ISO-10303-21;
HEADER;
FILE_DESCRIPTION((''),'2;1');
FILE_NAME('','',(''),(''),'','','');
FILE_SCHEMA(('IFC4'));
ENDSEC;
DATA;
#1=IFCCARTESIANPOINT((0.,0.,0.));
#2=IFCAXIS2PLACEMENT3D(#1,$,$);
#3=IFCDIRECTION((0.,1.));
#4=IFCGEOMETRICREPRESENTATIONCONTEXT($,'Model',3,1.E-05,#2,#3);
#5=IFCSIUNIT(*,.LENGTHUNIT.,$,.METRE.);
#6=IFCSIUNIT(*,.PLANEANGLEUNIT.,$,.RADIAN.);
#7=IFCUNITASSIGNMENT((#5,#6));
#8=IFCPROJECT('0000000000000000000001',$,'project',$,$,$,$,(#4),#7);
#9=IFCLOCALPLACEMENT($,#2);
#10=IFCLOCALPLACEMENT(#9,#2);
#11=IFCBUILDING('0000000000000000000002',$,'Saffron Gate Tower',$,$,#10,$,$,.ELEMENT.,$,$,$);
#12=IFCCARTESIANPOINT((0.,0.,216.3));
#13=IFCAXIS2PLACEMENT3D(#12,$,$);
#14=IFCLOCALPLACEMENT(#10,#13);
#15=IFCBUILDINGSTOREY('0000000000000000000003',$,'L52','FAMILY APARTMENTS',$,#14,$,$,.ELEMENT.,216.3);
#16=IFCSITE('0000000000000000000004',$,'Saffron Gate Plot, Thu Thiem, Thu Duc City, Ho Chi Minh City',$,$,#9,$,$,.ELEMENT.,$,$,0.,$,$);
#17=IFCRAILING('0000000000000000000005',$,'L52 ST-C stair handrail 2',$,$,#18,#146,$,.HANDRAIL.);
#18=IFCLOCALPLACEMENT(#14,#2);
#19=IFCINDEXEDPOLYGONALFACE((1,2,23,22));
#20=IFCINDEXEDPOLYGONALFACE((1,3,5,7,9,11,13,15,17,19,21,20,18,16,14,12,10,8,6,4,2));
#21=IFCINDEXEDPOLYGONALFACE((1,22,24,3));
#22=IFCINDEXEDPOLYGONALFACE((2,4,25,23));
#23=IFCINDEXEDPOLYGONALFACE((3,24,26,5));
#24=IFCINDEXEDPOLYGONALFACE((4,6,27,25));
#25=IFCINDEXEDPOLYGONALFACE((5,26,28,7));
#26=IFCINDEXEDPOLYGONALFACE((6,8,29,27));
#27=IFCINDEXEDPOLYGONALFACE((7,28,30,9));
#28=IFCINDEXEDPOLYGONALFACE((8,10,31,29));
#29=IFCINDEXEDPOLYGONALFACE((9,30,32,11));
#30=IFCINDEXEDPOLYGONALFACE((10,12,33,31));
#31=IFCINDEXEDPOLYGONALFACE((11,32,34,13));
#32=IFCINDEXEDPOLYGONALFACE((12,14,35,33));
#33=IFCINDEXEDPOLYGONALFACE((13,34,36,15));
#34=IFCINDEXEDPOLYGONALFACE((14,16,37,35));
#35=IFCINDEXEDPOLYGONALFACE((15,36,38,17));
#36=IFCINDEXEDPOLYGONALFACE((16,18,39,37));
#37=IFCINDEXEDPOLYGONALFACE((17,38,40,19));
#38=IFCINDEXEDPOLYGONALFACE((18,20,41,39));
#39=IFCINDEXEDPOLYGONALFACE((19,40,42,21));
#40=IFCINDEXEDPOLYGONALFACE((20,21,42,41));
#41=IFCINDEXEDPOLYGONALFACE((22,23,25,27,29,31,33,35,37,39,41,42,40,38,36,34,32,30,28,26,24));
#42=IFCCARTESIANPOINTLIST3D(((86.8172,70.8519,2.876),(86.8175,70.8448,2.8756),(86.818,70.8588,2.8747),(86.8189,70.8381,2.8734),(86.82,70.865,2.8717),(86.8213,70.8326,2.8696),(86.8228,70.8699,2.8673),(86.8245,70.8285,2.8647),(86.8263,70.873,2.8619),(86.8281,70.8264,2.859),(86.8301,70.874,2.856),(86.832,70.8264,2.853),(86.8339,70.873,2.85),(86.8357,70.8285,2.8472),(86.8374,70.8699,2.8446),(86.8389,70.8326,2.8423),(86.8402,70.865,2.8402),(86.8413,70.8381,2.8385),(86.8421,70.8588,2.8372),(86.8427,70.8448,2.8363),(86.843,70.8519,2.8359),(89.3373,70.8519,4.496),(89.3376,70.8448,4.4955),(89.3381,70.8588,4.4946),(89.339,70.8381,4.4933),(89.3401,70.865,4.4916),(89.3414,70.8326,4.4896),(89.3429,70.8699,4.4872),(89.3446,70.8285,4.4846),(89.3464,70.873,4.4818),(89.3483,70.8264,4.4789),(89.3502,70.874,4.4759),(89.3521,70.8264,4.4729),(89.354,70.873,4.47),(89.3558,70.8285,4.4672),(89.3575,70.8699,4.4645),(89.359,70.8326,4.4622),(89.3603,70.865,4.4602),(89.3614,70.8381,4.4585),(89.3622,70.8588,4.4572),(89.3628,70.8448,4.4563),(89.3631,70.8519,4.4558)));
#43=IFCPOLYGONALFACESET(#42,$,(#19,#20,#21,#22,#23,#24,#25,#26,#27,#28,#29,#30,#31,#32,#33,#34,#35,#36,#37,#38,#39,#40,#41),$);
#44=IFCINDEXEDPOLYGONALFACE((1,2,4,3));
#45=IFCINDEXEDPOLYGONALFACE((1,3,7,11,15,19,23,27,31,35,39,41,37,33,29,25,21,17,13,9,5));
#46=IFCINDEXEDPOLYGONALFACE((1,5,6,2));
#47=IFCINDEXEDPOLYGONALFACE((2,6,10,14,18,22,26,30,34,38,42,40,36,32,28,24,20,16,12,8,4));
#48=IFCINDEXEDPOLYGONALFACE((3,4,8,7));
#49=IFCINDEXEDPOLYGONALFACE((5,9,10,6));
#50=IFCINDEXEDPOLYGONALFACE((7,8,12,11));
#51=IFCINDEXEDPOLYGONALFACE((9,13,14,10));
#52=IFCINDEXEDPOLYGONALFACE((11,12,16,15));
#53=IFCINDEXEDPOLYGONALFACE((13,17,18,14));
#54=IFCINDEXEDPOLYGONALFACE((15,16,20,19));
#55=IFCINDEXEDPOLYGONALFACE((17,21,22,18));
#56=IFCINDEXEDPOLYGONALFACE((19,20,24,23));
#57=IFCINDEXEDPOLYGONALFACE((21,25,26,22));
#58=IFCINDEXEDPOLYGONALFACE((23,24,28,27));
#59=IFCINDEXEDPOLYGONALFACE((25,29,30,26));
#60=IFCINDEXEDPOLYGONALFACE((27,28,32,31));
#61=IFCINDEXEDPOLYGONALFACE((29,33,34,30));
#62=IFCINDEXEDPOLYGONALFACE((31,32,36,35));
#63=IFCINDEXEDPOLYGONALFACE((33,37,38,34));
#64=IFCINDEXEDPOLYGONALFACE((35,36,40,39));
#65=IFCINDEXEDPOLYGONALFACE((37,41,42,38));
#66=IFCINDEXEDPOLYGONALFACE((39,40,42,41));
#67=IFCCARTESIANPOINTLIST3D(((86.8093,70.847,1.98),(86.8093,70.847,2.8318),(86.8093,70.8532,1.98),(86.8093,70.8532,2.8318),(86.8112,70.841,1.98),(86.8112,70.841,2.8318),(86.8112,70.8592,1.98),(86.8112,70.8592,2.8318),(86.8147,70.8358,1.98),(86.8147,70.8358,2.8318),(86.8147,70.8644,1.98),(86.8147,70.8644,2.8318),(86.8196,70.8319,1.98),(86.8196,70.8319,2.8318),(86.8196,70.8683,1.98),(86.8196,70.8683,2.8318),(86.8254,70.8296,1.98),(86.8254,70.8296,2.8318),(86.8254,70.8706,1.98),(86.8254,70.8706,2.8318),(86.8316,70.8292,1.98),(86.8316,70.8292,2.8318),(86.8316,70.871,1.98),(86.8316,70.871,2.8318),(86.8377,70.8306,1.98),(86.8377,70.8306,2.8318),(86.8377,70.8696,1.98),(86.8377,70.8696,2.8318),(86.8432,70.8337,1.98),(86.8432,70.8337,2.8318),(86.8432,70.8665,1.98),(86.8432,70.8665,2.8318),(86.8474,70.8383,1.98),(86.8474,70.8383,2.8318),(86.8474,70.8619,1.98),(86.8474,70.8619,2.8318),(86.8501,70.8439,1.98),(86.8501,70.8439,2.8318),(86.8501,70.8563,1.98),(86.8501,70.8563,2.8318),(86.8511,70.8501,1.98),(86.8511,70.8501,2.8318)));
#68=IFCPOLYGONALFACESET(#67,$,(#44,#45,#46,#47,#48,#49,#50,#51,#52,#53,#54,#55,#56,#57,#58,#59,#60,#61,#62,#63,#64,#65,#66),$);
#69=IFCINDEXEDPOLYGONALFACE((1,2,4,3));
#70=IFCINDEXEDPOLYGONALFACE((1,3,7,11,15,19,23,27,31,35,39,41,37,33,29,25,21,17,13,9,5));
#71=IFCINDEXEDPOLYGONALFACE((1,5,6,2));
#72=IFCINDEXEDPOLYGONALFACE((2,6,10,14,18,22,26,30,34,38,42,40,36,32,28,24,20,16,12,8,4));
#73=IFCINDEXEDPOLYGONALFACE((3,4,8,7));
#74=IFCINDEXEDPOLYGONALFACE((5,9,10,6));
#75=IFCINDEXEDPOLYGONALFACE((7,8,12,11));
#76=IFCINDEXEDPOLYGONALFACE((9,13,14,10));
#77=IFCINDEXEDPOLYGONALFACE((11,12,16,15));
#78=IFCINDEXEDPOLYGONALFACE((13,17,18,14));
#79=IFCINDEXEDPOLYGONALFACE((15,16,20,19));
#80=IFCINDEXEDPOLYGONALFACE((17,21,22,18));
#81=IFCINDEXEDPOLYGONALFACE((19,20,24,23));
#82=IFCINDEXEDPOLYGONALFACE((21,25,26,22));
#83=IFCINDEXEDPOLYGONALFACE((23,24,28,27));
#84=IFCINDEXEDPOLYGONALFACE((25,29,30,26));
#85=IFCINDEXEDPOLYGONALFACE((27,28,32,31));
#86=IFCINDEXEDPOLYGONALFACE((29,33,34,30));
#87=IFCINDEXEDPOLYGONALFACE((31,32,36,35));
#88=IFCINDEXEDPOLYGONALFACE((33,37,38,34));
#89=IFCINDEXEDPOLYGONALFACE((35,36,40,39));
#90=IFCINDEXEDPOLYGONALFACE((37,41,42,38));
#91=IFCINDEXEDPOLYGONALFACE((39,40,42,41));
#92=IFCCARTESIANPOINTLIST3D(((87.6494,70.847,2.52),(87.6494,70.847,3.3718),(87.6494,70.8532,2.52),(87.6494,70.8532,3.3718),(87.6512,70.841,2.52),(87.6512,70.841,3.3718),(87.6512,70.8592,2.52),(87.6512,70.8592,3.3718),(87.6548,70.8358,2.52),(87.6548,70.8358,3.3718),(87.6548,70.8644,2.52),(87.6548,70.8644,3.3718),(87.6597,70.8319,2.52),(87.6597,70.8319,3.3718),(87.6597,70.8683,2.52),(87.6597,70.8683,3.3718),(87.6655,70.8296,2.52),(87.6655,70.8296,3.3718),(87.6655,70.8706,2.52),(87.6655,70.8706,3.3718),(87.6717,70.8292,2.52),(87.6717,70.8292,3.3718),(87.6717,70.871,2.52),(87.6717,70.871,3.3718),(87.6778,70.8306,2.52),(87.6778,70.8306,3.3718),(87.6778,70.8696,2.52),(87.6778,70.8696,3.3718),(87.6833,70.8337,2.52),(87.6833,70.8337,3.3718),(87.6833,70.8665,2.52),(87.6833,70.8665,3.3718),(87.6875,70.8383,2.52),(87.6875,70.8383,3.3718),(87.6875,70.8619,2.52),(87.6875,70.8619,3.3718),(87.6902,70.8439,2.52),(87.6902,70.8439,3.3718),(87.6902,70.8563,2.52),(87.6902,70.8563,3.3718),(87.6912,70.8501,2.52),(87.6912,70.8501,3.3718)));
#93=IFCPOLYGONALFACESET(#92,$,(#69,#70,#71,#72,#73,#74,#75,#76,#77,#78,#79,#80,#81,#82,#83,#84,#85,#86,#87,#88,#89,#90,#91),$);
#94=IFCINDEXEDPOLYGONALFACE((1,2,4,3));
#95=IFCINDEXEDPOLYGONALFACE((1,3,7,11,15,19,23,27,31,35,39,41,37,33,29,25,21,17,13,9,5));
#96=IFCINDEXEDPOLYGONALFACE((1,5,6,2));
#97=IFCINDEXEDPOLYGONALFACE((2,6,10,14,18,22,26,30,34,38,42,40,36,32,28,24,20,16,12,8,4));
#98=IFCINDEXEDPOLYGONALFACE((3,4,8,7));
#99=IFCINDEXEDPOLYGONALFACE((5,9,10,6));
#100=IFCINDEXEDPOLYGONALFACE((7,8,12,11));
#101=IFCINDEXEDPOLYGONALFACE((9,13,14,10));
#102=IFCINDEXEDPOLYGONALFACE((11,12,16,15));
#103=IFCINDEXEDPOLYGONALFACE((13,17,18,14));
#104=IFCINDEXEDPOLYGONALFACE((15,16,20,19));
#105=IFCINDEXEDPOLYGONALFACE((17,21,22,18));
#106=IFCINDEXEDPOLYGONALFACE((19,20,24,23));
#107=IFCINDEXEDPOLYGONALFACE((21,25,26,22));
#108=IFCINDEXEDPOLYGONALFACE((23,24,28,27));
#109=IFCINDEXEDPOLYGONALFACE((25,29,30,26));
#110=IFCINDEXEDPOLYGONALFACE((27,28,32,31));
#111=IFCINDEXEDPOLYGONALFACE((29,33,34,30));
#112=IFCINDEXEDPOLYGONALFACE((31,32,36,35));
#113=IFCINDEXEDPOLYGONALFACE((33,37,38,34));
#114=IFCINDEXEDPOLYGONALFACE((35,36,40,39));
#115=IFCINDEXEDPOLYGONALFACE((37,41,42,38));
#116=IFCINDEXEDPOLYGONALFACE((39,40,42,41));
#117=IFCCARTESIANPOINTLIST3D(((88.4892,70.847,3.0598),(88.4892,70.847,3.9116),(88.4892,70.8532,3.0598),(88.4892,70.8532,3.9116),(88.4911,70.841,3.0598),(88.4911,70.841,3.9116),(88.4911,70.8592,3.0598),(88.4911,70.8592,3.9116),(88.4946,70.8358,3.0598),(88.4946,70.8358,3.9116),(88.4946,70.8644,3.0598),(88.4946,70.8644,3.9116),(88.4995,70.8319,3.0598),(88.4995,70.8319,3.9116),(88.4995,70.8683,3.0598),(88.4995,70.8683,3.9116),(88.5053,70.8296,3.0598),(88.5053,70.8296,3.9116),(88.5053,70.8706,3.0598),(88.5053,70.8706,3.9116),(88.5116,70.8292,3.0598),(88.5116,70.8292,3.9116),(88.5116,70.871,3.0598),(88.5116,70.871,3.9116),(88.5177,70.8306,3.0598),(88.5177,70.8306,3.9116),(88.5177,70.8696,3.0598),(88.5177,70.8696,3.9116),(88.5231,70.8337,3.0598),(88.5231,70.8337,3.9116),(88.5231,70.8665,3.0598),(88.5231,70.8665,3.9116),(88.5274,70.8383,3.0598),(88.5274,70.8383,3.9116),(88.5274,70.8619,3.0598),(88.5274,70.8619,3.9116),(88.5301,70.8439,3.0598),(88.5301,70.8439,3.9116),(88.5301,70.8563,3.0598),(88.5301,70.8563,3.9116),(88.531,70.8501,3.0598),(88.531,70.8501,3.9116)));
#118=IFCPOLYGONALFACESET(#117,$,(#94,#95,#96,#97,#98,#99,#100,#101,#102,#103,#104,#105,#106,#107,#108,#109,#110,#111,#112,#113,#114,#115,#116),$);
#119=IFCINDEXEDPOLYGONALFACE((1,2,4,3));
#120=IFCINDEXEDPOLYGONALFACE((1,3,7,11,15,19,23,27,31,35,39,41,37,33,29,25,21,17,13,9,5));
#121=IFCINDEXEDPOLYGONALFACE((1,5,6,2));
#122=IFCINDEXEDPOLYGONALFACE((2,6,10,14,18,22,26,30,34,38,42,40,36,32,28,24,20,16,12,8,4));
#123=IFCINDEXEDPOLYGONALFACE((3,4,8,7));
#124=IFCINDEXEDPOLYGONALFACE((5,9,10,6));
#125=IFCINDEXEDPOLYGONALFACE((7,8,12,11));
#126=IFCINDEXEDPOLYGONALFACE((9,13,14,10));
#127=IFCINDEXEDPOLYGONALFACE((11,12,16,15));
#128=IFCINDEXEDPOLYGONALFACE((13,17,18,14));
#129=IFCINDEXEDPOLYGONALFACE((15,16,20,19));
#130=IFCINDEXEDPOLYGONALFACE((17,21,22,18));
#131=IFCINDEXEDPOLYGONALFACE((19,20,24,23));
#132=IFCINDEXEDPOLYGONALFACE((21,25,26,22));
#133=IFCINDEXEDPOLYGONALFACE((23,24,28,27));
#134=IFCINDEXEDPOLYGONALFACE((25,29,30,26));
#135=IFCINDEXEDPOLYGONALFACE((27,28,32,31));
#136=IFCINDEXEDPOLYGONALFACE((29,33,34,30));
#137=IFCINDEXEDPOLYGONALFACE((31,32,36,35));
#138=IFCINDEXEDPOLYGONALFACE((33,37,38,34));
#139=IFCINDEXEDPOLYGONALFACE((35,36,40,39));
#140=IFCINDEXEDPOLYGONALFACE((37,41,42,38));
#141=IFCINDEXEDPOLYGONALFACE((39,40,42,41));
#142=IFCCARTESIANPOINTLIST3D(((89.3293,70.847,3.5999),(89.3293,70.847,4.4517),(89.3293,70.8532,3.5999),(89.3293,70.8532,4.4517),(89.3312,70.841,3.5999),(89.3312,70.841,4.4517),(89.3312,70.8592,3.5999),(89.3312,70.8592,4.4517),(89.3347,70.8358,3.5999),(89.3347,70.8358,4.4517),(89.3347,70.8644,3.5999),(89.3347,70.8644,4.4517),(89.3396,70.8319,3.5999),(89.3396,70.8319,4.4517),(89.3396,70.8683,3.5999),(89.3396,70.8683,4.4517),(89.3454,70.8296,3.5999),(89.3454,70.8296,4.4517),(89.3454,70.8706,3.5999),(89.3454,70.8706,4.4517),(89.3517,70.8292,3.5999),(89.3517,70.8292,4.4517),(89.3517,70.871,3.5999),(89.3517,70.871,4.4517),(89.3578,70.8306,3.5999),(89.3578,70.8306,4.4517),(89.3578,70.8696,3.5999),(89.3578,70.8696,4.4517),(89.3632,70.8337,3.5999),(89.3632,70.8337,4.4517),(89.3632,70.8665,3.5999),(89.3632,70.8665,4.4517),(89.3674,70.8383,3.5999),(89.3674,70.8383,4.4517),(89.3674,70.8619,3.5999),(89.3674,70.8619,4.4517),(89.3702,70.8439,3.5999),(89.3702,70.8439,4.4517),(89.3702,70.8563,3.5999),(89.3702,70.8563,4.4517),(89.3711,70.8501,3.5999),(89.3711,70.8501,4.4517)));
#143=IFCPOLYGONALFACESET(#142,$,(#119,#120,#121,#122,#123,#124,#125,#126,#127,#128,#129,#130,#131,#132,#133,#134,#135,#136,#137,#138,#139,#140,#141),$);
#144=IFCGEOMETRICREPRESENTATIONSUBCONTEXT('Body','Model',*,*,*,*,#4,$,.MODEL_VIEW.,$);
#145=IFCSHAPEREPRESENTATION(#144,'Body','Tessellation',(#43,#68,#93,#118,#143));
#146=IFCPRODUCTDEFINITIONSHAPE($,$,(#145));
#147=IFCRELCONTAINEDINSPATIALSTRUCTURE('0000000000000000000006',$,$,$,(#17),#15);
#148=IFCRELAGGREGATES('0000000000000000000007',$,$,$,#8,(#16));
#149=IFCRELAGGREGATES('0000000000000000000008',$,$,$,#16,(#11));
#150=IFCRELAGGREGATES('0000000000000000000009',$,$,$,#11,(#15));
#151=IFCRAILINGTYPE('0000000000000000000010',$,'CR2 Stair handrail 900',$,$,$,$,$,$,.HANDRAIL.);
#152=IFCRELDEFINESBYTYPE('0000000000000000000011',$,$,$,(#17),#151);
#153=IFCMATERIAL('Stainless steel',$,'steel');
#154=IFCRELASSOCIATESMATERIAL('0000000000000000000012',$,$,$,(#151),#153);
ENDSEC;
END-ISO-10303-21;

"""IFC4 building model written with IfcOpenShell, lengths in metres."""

from ifc_helpers import new_model, si_unit, direction, frame, origin, origin_2d, place, context, subcontext, project, spatial, circle, extrude, material, type_object, element, save


model = new_model("IFC4")

# Units and contexts
model_context = context("Model", 3, precision=1e-05, world=origin(), true_north=direction((0.0, 1.0)))
body_context = subcontext(model_context, "Body", "Model", "MODEL_VIEW")
ifc_project = project(units=[si_unit("LENGTHUNIT", "METRE"), si_unit("PLANEANGLEUNIT", "RADIAN")], contexts=[model_context])

# Site, building, storey
site_placement = place(None, origin())
site = spatial("IfcSite", under=ifc_project, at=site_placement, Name="Saffron Gate Plot, Thu Thiem, Thu Duc City, Ho Chi Minh City", CompositionType="ELEMENT", RefElevation=0.0)
building_placement = place(site_placement, origin())
building = spatial("IfcBuilding", under=site, at=building_placement, Name="Saffron Gate Tower", CompositionType="ELEMENT")
storey_placement = place(building_placement, frame((0.0, 0.0, 216.3)))
storey = spatial("IfcBuildingStorey", under=building, at=storey_placement, Name="L52", Description="FAMILY APARTMENTS", CompositionType="ELEMENT", Elevation=216.3)

# Railing
ifc_material_1 = material(Name="Stainless steel", Category="steel")
railing_type_1 = type_object("IfcRailingType", Name="CR2 Stair handrail 900", PredefinedType="HANDRAIL", material=ifc_material_1)
railing_1_placement = place(storey_placement, frame((86.8301, 70.8501, 1.98)))
element("IfcRailing", 1, at=railing_1_placement, inside=storey, type_object=railing_type_1, Name="L52 ST-C stair handrail 2", PredefinedType="HANDRAIL", context=body_context, shape_type="SweptSolid", body=[
    extrude(circle(Radius=0.0239, at=origin_2d()), frame((0.0, 0.0, 0.876), z_axis=(0.8412, 0.0, 0.540725), x_axis=(0.0, 1.0, 0.0)), (0.0, 0.0, 1.0), 2.9958),
    extrude(circle(Radius=0.021, at=origin_2d()), origin(), (0.0, 0.0, 1.0), 0.8518),
    extrude(circle(Radius=0.021, at=origin_2d()), frame((0.8401, 0.0, 0.54)), (0.0, 0.0, 1.0), 0.8518),
    extrude(circle(Radius=0.021, at=origin_2d()), frame((1.6799, 0.0, 1.0798)), (0.0, 0.0, 1.0), 0.8518),
    extrude(circle(Radius=0.021, at=origin_2d()), frame((2.52, 0.0, 1.6199)), (0.0, 0.0, 1.0), 0.8518),
])

save(model, "model.ifc")
